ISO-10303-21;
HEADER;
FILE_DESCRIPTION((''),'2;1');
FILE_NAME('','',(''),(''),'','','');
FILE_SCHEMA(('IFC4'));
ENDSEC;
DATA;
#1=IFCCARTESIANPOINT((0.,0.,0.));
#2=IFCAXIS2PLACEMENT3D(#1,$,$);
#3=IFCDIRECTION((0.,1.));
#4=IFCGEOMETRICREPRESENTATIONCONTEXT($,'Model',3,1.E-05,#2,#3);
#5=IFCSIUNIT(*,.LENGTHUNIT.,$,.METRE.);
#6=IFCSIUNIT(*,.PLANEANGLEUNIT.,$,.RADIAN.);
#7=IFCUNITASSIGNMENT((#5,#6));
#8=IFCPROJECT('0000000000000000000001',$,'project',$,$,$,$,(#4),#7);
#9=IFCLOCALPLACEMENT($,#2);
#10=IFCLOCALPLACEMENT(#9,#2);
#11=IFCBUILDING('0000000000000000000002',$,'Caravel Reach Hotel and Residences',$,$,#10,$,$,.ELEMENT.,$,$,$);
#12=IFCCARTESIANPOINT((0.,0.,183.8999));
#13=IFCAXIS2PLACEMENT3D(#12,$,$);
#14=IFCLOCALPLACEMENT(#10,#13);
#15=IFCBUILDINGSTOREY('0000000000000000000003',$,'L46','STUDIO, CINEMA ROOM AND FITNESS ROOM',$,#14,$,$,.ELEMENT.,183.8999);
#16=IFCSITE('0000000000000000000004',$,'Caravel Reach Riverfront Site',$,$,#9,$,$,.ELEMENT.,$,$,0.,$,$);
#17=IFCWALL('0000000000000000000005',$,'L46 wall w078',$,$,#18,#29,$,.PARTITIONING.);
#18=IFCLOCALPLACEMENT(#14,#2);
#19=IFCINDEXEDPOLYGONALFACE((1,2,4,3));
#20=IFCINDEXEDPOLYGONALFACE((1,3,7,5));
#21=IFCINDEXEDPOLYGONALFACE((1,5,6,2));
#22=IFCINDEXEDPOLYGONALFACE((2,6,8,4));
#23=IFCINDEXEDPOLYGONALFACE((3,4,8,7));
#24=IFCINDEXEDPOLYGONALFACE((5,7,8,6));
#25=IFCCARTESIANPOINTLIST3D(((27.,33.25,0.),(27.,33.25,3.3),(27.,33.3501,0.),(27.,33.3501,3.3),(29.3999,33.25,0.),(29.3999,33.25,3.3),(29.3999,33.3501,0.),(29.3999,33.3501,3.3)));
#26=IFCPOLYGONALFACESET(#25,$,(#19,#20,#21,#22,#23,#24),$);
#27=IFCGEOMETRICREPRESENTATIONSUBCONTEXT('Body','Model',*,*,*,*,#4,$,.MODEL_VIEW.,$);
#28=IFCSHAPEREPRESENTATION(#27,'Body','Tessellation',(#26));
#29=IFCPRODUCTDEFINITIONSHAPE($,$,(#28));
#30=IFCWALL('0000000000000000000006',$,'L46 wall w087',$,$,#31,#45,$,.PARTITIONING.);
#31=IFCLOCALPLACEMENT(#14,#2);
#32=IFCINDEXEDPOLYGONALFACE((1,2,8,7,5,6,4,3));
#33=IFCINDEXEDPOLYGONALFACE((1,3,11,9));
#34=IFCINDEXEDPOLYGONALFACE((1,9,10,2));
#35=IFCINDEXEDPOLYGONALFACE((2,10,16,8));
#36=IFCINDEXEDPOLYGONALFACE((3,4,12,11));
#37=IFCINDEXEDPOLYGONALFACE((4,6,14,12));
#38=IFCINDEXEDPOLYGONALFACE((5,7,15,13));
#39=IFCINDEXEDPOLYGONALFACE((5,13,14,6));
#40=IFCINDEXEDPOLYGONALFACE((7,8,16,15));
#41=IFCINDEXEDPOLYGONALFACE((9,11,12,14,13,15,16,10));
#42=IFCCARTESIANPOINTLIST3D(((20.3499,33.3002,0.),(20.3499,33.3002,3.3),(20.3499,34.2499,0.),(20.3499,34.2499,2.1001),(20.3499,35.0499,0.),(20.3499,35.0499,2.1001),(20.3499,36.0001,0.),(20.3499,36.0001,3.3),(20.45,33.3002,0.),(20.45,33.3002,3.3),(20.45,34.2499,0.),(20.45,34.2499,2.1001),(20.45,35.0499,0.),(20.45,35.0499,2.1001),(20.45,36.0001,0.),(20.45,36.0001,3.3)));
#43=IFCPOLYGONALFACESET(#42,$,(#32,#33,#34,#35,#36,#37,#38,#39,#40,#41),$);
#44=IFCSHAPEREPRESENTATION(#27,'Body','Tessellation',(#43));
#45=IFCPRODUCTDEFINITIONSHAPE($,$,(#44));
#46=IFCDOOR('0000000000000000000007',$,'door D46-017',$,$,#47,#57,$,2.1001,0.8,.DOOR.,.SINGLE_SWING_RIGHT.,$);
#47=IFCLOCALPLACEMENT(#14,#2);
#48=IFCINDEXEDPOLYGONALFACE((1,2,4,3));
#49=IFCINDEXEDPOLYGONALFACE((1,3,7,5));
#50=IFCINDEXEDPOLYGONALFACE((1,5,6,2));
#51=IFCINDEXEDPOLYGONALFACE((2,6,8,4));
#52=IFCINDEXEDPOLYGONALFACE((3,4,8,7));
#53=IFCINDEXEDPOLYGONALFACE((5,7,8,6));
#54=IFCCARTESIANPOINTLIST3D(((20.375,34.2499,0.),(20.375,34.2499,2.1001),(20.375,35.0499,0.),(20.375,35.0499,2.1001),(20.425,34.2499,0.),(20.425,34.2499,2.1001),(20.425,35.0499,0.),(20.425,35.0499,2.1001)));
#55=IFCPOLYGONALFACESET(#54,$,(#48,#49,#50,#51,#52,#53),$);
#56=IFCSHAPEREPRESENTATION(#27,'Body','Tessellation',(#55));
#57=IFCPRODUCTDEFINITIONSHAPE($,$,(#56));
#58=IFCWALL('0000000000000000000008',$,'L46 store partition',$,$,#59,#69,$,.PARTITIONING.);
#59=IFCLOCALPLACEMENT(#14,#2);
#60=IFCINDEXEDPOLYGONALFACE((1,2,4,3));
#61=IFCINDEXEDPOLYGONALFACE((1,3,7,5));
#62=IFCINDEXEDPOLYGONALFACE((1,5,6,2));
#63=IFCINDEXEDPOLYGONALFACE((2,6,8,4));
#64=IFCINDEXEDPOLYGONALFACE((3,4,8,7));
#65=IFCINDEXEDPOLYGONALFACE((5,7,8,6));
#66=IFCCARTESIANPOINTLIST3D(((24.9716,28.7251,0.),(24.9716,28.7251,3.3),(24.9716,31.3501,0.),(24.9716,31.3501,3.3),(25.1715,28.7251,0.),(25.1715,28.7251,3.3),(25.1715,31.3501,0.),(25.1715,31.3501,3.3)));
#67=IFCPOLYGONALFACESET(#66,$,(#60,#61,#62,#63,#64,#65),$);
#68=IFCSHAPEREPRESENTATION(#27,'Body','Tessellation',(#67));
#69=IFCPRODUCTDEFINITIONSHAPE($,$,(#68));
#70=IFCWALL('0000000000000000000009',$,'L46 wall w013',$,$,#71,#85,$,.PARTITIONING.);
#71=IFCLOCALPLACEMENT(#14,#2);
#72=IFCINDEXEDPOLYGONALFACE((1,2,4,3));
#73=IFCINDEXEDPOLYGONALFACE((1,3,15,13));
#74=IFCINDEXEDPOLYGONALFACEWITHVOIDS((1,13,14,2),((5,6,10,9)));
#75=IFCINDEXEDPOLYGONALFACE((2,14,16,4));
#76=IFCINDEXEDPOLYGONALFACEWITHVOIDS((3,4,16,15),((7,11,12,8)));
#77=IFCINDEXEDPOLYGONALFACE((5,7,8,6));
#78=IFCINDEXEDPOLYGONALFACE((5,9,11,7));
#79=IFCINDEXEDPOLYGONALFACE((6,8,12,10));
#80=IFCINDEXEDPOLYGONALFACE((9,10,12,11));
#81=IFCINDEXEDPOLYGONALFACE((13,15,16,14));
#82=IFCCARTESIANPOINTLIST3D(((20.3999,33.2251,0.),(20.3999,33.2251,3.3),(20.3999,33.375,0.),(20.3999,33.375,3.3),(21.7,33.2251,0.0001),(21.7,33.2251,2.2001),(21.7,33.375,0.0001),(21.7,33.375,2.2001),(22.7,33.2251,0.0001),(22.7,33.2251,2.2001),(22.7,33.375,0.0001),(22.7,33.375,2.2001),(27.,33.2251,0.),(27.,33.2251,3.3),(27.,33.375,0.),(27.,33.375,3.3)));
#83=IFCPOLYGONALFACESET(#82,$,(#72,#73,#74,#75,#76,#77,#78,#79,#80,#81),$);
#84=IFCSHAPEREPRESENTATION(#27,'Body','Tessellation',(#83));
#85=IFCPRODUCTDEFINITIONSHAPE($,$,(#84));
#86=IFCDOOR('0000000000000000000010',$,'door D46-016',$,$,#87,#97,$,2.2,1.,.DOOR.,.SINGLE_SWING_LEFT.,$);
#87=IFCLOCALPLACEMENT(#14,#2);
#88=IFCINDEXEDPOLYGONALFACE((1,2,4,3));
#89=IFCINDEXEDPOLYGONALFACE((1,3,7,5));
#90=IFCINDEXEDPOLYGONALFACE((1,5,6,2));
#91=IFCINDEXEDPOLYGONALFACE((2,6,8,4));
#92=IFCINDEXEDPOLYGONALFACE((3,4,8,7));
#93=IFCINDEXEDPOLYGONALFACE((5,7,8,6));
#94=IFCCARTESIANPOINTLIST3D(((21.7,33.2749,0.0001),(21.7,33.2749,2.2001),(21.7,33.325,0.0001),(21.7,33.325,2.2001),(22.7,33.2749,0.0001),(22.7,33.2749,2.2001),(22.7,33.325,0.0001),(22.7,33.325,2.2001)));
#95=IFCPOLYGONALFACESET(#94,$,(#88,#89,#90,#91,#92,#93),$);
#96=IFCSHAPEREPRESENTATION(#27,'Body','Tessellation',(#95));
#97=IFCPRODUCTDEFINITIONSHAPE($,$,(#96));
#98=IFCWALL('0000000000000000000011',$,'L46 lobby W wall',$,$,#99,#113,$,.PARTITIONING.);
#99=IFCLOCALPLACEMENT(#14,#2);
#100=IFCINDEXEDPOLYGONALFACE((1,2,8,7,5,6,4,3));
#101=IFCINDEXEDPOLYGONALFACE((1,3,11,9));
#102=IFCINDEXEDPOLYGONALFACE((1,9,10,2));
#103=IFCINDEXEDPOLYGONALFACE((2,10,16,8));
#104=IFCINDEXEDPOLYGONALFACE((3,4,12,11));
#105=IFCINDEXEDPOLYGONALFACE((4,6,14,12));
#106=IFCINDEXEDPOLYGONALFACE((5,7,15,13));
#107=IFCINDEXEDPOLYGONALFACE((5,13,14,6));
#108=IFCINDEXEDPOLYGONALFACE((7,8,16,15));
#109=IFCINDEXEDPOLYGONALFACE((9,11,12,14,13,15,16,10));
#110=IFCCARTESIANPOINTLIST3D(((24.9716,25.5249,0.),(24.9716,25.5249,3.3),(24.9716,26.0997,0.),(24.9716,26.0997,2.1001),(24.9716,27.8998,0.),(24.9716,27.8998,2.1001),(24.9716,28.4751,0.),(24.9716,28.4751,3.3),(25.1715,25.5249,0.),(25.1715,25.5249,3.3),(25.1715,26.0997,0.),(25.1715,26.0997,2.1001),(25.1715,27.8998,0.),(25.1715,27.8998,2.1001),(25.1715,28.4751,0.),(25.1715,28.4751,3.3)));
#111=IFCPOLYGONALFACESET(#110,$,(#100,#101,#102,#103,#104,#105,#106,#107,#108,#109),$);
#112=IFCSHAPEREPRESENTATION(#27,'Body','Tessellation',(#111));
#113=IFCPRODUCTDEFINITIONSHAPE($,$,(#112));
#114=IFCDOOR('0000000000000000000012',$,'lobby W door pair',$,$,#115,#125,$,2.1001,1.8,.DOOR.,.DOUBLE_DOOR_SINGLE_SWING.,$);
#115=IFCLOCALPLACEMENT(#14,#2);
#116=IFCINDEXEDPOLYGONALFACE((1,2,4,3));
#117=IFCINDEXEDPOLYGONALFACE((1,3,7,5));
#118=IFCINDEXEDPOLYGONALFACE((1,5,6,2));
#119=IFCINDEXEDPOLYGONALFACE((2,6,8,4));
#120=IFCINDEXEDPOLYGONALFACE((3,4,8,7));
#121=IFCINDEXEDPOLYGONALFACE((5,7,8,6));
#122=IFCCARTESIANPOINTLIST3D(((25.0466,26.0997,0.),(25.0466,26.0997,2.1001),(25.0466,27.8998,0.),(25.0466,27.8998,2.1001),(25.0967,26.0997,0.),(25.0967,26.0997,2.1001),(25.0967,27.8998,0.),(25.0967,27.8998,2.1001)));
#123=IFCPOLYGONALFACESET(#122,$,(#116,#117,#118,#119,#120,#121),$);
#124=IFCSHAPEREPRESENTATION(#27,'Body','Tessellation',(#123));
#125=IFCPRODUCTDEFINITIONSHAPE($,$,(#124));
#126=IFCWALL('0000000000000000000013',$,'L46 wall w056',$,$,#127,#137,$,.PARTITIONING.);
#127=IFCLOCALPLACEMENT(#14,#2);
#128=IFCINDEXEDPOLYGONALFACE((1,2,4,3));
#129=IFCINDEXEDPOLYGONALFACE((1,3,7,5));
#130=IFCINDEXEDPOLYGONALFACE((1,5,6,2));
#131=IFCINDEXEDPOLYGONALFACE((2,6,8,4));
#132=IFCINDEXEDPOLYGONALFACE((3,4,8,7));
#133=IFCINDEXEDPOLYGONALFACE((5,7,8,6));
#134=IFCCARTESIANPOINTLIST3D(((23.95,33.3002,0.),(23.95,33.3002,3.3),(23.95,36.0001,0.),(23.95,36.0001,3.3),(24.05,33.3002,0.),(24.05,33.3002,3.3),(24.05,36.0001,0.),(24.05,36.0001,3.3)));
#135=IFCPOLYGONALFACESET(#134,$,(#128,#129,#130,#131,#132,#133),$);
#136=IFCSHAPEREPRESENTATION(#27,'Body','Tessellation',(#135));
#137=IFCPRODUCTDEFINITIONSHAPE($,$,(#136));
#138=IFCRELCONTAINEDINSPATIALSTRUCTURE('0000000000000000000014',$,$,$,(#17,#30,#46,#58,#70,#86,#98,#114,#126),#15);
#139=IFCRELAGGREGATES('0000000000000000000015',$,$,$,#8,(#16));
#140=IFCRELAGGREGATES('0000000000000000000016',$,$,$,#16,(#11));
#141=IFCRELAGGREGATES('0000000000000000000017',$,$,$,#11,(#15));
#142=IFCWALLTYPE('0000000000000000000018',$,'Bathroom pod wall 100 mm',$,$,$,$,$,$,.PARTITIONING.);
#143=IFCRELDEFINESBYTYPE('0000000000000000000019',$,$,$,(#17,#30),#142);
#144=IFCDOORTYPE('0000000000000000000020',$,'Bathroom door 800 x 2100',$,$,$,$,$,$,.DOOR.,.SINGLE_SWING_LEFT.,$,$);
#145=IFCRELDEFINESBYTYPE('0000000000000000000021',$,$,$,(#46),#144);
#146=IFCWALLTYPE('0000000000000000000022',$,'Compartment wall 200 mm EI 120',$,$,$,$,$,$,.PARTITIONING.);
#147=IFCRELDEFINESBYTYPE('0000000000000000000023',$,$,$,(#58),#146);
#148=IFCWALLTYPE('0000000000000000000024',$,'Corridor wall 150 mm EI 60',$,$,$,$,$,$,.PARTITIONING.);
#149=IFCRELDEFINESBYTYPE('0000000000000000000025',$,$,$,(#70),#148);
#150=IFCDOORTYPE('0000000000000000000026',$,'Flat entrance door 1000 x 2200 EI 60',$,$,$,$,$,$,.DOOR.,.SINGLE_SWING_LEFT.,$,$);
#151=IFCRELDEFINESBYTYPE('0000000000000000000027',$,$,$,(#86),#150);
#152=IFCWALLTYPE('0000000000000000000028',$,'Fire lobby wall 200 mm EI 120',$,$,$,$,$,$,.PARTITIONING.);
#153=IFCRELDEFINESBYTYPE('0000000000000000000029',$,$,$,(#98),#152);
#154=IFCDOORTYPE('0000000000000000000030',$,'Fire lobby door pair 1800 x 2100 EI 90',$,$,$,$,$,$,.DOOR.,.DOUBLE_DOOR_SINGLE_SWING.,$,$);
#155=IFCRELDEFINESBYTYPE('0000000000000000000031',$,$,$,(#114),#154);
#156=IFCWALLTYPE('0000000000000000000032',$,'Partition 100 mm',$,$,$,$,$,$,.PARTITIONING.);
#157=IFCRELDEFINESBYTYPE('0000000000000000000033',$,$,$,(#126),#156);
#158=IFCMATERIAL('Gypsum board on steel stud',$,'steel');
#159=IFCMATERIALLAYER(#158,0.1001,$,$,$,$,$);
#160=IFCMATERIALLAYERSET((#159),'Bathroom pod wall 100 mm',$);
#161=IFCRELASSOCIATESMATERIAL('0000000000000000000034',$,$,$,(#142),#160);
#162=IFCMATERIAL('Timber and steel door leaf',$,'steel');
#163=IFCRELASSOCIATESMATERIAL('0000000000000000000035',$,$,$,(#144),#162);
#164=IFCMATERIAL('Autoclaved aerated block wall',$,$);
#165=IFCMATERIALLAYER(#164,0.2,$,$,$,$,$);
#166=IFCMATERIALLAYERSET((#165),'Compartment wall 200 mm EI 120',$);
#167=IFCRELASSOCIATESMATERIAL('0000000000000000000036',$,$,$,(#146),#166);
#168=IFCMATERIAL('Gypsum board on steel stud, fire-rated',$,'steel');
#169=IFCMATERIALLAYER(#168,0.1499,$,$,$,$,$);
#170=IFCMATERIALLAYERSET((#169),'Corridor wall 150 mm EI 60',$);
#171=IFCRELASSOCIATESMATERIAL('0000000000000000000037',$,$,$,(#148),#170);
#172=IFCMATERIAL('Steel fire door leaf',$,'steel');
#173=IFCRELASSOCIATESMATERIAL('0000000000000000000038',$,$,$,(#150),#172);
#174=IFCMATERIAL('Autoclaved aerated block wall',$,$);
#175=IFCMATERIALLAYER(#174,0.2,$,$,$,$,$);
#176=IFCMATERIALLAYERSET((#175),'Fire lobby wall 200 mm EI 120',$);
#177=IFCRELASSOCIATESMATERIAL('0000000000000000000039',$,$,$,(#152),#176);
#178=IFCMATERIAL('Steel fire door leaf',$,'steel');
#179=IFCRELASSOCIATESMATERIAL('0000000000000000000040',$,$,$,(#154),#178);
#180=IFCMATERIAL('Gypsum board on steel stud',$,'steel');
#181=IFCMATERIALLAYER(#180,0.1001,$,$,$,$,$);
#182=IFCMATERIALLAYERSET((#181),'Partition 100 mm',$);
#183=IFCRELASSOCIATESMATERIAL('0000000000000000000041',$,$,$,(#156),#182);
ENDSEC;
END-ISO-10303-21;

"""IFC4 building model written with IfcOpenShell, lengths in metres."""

from ifc_helpers import new_model, si_unit, direction, frame, frame_2d, origin, place, context, subcontext, project, spatial, rectangle, extrude, material, layer, layer_set, type_object, element, fill, save


model = new_model("IFC4")

# Units and contexts
model_context = context("Model", 3, precision=1e-05, world=origin(), true_north=direction((0.0, 1.0)))
body_context = subcontext(model_context, "Body", "Model", "MODEL_VIEW")
ifc_project = project(units=[si_unit("LENGTHUNIT", "METRE"), si_unit("PLANEANGLEUNIT", "RADIAN")], contexts=[model_context])

# Site, building, storey
site_placement = place(None, origin())
site = spatial("IfcSite", under=ifc_project, at=site_placement, Name="Caravel Reach Riverfront Site", CompositionType="ELEMENT", RefElevation=0.0)
building_placement = place(site_placement, origin())
building = spatial("IfcBuilding", under=site, at=building_placement, Name="Caravel Reach Hotel and Residences", CompositionType="ELEMENT")
storey_placement = place(building_placement, frame((0.0, 0.0, 183.8999)))
storey = spatial("IfcBuildingStorey", under=building, at=storey_placement, Name="L46", Description="STUDIO, CINEMA ROOM AND FITNESS ROOM", CompositionType="ELEMENT", Elevation=183.8999)

# Wall
ifc_material_1 = material(Name="Gypsum board on steel stud", Category="steel")
ifc_layer_1 = layer(ifc_material_1, 0.1001)
ifc_layer_set_1 = layer_set([ifc_layer_1], Name="Bathroom pod wall 100 mm")
wall_type_1 = type_object("IfcWallType", Name="Bathroom pod wall 100 mm", PredefinedType="PARTITIONING", material=ifc_layer_set_1)
wall_1_placement = place(storey_placement, frame((27.0, 33.3, 0.0), z_axis=(0.0, 0.0, 1.0), x_axis=(1.0, 0.0, 0.0)))
element("IfcWall", 1, at=wall_1_placement, inside=storey, type_object=wall_type_1, Name="L46 wall w078", PredefinedType="PARTITIONING", context=body_context, shape_type="SweptSolid", body=[
    extrude(rectangle(XDim=2.3999, YDim=0.1001, at=frame_2d((1.2, 0.0))), origin(), (0.0, 0.0, 1.0), 3.3),
])

# Wall, opening, door
wall_2_placement = place(storey_placement, frame((20.3999, 33.3, 0.0), z_axis=(0.0, 0.0, 1.0), x_axis=(0.0, 1.0, 0.0)))
wall_2 = element("IfcWall", 2, at=wall_2_placement, inside=storey, type_object=wall_type_1, Name="L46 wall w087", PredefinedType="PARTITIONING", context=body_context, shape_type="SweptSolid", body=[
    extrude(rectangle(XDim=2.7, YDim=0.1001, at=frame_2d((1.3501, 0.0))), origin(), (0.0, 0.0, 1.0), 3.3),
])
opening_1_placement = place(wall_2_placement, frame((0.95, 0.0, 0.0)))
opening_1 = element("IfcOpeningElement", 3, at=opening_1_placement, cuts=wall_2, PredefinedType="OPENING", context=body_context, shape_type="SweptSolid", body=[
    extrude(rectangle(XDim=0.8, YDim=2.1001, at=frame_2d((0.3999, 1.05))), frame((0.0, 0.0601, 0.0), z_axis=(0.0, -1.0, 0.0), x_axis=(1.0, 0.0, 0.0)), (0.0, 0.0, 1.0), 0.1201),
])
ifc_material_2 = material(Name="Timber and steel door leaf", Category="steel")
door_type_1 = type_object("IfcDoorType", Name="Bathroom door 800 x 2100", OperationType="SINGLE_SWING_LEFT", PredefinedType="DOOR", material=ifc_material_2)
door_1_placement = place(opening_1_placement, origin())
door_1 = element("IfcDoor", 4, at=door_1_placement, inside=storey, type_object=door_type_1, Name="door D46-017", OperationType="SINGLE_SWING_RIGHT", OverallHeight=2.1001, OverallWidth=0.8, PredefinedType="DOOR", context=body_context, shape_type="SweptSolid", body=[
    extrude(rectangle(XDim=0.8, YDim=2.1001, at=frame_2d((0.3999, 1.05))), frame((0.0, 0.0249, 0.0), z_axis=(0.0, -1.0, 0.0), x_axis=(1.0, 0.0, 0.0)), (0.0, 0.0, 1.0), 0.05),
])
fill(opening_1, door_1)

# Wall
ifc_material_3 = material(Name="Autoclaved aerated block wall")
ifc_layer_2 = layer(ifc_material_3, 0.2)
ifc_layer_set_2 = layer_set([ifc_layer_2], Name="Compartment wall 200 mm EI 120")
wall_type_2 = type_object("IfcWallType", Name="Compartment wall 200 mm EI 120", PredefinedType="PARTITIONING", material=ifc_layer_set_2)
wall_3_placement = place(storey_placement, frame((25.0715, 28.7251, 0.0), z_axis=(0.0, 0.0, 1.0), x_axis=(0.0, 1.0, 0.0)))
element("IfcWall", 5, at=wall_3_placement, inside=storey, type_object=wall_type_2, Name="L46 store partition", PredefinedType="PARTITIONING", context=body_context, shape_type="SweptSolid", body=[
    extrude(rectangle(XDim=2.625, YDim=0.2, at=frame_2d((1.3125, 0.0))), origin(), (0.0, 0.0, 1.0), 3.3),
])

# Walls, openings, doors
ifc_material_4 = material(Name="Gypsum board on steel stud, fire-rated", Category="steel")
ifc_layer_3 = layer(ifc_material_4, 0.1499)
ifc_layer_set_3 = layer_set([ifc_layer_3], Name="Corridor wall 150 mm EI 60")
wall_type_3 = type_object("IfcWallType", Name="Corridor wall 150 mm EI 60", PredefinedType="PARTITIONING", material=ifc_layer_set_3)
wall_4_placement = place(storey_placement, frame((20.3999, 33.3, 0.0), z_axis=(0.0, 0.0, 1.0), x_axis=(1.0, 0.0, 0.0)))
wall_4 = element("IfcWall", 6, at=wall_4_placement, inside=storey, type_object=wall_type_3, Name="L46 wall w013", PredefinedType="PARTITIONING", context=body_context, shape_type="SweptSolid", body=[
    extrude(rectangle(XDim=6.6001, YDim=0.1499, at=frame_2d((3.3, 0.0))), origin(), (0.0, 0.0, 1.0), 3.3),
])
opening_2_placement = place(wall_4_placement, frame((1.3, 0.0, 0.0)))
opening_2 = element("IfcOpeningElement", 7, at=opening_2_placement, cuts=wall_4, PredefinedType="OPENING", context=body_context, shape_type="SweptSolid", body=[
    extrude(rectangle(XDim=1.0, YDim=2.2, at=frame_2d((0.5, 1.1001))), frame((0.0, 0.085, 0.0), z_axis=(0.0, -1.0, 0.0), x_axis=(1.0, 0.0, 0.0)), (0.0, 0.0, 1.0), 0.1699),
])
ifc_material_5 = material(Name="Steel fire door leaf", Category="steel")
door_type_2 = type_object("IfcDoorType", Name="Flat entrance door 1000 x 2200 EI 60", OperationType="SINGLE_SWING_LEFT", PredefinedType="DOOR", material=ifc_material_5)
door_2_placement = place(opening_2_placement, origin())
door_2 = element("IfcDoor", 8, at=door_2_placement, inside=storey, type_object=door_type_2, Name="door D46-016", OperationType="SINGLE_SWING_LEFT", OverallHeight=2.2, OverallWidth=1.0, PredefinedType="DOOR", context=body_context, shape_type="SweptSolid", body=[
    extrude(rectangle(XDim=1.0, YDim=2.2, at=frame_2d((0.5, 1.1001))), frame((0.0, 0.0249, 0.0), z_axis=(0.0, -1.0, 0.0), x_axis=(1.0, 0.0, 0.0)), (0.0, 0.0, 1.0), 0.05),
])
fill(opening_2, door_2)
ifc_material_6 = material(Name="Autoclaved aerated block wall")
ifc_layer_4 = layer(ifc_material_6, 0.2)
ifc_layer_set_4 = layer_set([ifc_layer_4], Name="Fire lobby wall 200 mm EI 120")
wall_type_4 = type_object("IfcWallType", Name="Fire lobby wall 200 mm EI 120", PredefinedType="PARTITIONING", material=ifc_layer_set_4)
wall_5_placement = place(storey_placement, frame((25.0715, 25.5249, 0.0), z_axis=(0.0, 0.0, 1.0), x_axis=(0.0, 1.0, 0.0)))
wall_5 = element("IfcWall", 9, at=wall_5_placement, inside=storey, type_object=wall_type_4, Name="L46 lobby W wall", PredefinedType="PARTITIONING", context=body_context, shape_type="SweptSolid", body=[
    extrude(rectangle(XDim=2.9502, YDim=0.2, at=frame_2d((1.4751, 0.0))), origin(), (0.0, 0.0, 1.0), 3.3),
])
opening_3_placement = place(wall_5_placement, frame((0.575, 0.0, 0.0)))
opening_3 = element("IfcOpeningElement", 10, at=opening_3_placement, cuts=wall_5, PredefinedType="OPENING", context=body_context, shape_type="SweptSolid", body=[
    extrude(rectangle(XDim=1.8, YDim=2.1001, at=frame_2d((0.8999, 1.05))), frame((0.0, 0.1099, 0.0), z_axis=(0.0, -1.0, 0.0), x_axis=(1.0, 0.0, 0.0)), (0.0, 0.0, 1.0), 0.22),
])
ifc_material_7 = material(Name="Steel fire door leaf", Category="steel")
door_type_3 = type_object("IfcDoorType", Name="Fire lobby door pair 1800 x 2100 EI 90", OperationType="DOUBLE_DOOR_SINGLE_SWING", PredefinedType="DOOR", material=ifc_material_7)
door_3_placement = place(opening_3_placement, origin())
door_3 = element("IfcDoor", 11, at=door_3_placement, inside=storey, type_object=door_type_3, Name="lobby W door pair", OperationType="DOUBLE_DOOR_SINGLE_SWING", OverallHeight=2.1001, OverallWidth=1.8, PredefinedType="DOOR", context=body_context, shape_type="SweptSolid", body=[
    extrude(rectangle(XDim=1.8, YDim=2.1001, at=frame_2d((0.8999, 1.05))), frame((0.0, 0.0249, 0.0), z_axis=(0.0, -1.0, 0.0), x_axis=(1.0, 0.0, 0.0)), (0.0, 0.0, 1.0), 0.05),
])
fill(opening_3, door_3)

# Wall
ifc_material_8 = material(Name="Gypsum board on steel stud", Category="steel")
ifc_layer_5 = layer(ifc_material_8, 0.1001)
ifc_layer_set_5 = layer_set([ifc_layer_5], Name="Partition 100 mm")
wall_type_5 = type_object("IfcWallType", Name="Partition 100 mm", PredefinedType="PARTITIONING", material=ifc_layer_set_5)
wall_6_placement = place(storey_placement, frame((24.0, 33.3, 0.0), z_axis=(0.0, 0.0, 1.0), x_axis=(0.0, 1.0, 0.0)))
element("IfcWall", 12, at=wall_6_placement, inside=storey, type_object=wall_type_5, Name="L46 wall w056", PredefinedType="PARTITIONING", context=body_context, shape_type="SweptSolid", body=[
    extrude(rectangle(XDim=2.7, YDim=0.1001, at=frame_2d((1.3501, 0.0))), origin(), (0.0, 0.0, 1.0), 3.3),
])

save(model, "model.ifc")
